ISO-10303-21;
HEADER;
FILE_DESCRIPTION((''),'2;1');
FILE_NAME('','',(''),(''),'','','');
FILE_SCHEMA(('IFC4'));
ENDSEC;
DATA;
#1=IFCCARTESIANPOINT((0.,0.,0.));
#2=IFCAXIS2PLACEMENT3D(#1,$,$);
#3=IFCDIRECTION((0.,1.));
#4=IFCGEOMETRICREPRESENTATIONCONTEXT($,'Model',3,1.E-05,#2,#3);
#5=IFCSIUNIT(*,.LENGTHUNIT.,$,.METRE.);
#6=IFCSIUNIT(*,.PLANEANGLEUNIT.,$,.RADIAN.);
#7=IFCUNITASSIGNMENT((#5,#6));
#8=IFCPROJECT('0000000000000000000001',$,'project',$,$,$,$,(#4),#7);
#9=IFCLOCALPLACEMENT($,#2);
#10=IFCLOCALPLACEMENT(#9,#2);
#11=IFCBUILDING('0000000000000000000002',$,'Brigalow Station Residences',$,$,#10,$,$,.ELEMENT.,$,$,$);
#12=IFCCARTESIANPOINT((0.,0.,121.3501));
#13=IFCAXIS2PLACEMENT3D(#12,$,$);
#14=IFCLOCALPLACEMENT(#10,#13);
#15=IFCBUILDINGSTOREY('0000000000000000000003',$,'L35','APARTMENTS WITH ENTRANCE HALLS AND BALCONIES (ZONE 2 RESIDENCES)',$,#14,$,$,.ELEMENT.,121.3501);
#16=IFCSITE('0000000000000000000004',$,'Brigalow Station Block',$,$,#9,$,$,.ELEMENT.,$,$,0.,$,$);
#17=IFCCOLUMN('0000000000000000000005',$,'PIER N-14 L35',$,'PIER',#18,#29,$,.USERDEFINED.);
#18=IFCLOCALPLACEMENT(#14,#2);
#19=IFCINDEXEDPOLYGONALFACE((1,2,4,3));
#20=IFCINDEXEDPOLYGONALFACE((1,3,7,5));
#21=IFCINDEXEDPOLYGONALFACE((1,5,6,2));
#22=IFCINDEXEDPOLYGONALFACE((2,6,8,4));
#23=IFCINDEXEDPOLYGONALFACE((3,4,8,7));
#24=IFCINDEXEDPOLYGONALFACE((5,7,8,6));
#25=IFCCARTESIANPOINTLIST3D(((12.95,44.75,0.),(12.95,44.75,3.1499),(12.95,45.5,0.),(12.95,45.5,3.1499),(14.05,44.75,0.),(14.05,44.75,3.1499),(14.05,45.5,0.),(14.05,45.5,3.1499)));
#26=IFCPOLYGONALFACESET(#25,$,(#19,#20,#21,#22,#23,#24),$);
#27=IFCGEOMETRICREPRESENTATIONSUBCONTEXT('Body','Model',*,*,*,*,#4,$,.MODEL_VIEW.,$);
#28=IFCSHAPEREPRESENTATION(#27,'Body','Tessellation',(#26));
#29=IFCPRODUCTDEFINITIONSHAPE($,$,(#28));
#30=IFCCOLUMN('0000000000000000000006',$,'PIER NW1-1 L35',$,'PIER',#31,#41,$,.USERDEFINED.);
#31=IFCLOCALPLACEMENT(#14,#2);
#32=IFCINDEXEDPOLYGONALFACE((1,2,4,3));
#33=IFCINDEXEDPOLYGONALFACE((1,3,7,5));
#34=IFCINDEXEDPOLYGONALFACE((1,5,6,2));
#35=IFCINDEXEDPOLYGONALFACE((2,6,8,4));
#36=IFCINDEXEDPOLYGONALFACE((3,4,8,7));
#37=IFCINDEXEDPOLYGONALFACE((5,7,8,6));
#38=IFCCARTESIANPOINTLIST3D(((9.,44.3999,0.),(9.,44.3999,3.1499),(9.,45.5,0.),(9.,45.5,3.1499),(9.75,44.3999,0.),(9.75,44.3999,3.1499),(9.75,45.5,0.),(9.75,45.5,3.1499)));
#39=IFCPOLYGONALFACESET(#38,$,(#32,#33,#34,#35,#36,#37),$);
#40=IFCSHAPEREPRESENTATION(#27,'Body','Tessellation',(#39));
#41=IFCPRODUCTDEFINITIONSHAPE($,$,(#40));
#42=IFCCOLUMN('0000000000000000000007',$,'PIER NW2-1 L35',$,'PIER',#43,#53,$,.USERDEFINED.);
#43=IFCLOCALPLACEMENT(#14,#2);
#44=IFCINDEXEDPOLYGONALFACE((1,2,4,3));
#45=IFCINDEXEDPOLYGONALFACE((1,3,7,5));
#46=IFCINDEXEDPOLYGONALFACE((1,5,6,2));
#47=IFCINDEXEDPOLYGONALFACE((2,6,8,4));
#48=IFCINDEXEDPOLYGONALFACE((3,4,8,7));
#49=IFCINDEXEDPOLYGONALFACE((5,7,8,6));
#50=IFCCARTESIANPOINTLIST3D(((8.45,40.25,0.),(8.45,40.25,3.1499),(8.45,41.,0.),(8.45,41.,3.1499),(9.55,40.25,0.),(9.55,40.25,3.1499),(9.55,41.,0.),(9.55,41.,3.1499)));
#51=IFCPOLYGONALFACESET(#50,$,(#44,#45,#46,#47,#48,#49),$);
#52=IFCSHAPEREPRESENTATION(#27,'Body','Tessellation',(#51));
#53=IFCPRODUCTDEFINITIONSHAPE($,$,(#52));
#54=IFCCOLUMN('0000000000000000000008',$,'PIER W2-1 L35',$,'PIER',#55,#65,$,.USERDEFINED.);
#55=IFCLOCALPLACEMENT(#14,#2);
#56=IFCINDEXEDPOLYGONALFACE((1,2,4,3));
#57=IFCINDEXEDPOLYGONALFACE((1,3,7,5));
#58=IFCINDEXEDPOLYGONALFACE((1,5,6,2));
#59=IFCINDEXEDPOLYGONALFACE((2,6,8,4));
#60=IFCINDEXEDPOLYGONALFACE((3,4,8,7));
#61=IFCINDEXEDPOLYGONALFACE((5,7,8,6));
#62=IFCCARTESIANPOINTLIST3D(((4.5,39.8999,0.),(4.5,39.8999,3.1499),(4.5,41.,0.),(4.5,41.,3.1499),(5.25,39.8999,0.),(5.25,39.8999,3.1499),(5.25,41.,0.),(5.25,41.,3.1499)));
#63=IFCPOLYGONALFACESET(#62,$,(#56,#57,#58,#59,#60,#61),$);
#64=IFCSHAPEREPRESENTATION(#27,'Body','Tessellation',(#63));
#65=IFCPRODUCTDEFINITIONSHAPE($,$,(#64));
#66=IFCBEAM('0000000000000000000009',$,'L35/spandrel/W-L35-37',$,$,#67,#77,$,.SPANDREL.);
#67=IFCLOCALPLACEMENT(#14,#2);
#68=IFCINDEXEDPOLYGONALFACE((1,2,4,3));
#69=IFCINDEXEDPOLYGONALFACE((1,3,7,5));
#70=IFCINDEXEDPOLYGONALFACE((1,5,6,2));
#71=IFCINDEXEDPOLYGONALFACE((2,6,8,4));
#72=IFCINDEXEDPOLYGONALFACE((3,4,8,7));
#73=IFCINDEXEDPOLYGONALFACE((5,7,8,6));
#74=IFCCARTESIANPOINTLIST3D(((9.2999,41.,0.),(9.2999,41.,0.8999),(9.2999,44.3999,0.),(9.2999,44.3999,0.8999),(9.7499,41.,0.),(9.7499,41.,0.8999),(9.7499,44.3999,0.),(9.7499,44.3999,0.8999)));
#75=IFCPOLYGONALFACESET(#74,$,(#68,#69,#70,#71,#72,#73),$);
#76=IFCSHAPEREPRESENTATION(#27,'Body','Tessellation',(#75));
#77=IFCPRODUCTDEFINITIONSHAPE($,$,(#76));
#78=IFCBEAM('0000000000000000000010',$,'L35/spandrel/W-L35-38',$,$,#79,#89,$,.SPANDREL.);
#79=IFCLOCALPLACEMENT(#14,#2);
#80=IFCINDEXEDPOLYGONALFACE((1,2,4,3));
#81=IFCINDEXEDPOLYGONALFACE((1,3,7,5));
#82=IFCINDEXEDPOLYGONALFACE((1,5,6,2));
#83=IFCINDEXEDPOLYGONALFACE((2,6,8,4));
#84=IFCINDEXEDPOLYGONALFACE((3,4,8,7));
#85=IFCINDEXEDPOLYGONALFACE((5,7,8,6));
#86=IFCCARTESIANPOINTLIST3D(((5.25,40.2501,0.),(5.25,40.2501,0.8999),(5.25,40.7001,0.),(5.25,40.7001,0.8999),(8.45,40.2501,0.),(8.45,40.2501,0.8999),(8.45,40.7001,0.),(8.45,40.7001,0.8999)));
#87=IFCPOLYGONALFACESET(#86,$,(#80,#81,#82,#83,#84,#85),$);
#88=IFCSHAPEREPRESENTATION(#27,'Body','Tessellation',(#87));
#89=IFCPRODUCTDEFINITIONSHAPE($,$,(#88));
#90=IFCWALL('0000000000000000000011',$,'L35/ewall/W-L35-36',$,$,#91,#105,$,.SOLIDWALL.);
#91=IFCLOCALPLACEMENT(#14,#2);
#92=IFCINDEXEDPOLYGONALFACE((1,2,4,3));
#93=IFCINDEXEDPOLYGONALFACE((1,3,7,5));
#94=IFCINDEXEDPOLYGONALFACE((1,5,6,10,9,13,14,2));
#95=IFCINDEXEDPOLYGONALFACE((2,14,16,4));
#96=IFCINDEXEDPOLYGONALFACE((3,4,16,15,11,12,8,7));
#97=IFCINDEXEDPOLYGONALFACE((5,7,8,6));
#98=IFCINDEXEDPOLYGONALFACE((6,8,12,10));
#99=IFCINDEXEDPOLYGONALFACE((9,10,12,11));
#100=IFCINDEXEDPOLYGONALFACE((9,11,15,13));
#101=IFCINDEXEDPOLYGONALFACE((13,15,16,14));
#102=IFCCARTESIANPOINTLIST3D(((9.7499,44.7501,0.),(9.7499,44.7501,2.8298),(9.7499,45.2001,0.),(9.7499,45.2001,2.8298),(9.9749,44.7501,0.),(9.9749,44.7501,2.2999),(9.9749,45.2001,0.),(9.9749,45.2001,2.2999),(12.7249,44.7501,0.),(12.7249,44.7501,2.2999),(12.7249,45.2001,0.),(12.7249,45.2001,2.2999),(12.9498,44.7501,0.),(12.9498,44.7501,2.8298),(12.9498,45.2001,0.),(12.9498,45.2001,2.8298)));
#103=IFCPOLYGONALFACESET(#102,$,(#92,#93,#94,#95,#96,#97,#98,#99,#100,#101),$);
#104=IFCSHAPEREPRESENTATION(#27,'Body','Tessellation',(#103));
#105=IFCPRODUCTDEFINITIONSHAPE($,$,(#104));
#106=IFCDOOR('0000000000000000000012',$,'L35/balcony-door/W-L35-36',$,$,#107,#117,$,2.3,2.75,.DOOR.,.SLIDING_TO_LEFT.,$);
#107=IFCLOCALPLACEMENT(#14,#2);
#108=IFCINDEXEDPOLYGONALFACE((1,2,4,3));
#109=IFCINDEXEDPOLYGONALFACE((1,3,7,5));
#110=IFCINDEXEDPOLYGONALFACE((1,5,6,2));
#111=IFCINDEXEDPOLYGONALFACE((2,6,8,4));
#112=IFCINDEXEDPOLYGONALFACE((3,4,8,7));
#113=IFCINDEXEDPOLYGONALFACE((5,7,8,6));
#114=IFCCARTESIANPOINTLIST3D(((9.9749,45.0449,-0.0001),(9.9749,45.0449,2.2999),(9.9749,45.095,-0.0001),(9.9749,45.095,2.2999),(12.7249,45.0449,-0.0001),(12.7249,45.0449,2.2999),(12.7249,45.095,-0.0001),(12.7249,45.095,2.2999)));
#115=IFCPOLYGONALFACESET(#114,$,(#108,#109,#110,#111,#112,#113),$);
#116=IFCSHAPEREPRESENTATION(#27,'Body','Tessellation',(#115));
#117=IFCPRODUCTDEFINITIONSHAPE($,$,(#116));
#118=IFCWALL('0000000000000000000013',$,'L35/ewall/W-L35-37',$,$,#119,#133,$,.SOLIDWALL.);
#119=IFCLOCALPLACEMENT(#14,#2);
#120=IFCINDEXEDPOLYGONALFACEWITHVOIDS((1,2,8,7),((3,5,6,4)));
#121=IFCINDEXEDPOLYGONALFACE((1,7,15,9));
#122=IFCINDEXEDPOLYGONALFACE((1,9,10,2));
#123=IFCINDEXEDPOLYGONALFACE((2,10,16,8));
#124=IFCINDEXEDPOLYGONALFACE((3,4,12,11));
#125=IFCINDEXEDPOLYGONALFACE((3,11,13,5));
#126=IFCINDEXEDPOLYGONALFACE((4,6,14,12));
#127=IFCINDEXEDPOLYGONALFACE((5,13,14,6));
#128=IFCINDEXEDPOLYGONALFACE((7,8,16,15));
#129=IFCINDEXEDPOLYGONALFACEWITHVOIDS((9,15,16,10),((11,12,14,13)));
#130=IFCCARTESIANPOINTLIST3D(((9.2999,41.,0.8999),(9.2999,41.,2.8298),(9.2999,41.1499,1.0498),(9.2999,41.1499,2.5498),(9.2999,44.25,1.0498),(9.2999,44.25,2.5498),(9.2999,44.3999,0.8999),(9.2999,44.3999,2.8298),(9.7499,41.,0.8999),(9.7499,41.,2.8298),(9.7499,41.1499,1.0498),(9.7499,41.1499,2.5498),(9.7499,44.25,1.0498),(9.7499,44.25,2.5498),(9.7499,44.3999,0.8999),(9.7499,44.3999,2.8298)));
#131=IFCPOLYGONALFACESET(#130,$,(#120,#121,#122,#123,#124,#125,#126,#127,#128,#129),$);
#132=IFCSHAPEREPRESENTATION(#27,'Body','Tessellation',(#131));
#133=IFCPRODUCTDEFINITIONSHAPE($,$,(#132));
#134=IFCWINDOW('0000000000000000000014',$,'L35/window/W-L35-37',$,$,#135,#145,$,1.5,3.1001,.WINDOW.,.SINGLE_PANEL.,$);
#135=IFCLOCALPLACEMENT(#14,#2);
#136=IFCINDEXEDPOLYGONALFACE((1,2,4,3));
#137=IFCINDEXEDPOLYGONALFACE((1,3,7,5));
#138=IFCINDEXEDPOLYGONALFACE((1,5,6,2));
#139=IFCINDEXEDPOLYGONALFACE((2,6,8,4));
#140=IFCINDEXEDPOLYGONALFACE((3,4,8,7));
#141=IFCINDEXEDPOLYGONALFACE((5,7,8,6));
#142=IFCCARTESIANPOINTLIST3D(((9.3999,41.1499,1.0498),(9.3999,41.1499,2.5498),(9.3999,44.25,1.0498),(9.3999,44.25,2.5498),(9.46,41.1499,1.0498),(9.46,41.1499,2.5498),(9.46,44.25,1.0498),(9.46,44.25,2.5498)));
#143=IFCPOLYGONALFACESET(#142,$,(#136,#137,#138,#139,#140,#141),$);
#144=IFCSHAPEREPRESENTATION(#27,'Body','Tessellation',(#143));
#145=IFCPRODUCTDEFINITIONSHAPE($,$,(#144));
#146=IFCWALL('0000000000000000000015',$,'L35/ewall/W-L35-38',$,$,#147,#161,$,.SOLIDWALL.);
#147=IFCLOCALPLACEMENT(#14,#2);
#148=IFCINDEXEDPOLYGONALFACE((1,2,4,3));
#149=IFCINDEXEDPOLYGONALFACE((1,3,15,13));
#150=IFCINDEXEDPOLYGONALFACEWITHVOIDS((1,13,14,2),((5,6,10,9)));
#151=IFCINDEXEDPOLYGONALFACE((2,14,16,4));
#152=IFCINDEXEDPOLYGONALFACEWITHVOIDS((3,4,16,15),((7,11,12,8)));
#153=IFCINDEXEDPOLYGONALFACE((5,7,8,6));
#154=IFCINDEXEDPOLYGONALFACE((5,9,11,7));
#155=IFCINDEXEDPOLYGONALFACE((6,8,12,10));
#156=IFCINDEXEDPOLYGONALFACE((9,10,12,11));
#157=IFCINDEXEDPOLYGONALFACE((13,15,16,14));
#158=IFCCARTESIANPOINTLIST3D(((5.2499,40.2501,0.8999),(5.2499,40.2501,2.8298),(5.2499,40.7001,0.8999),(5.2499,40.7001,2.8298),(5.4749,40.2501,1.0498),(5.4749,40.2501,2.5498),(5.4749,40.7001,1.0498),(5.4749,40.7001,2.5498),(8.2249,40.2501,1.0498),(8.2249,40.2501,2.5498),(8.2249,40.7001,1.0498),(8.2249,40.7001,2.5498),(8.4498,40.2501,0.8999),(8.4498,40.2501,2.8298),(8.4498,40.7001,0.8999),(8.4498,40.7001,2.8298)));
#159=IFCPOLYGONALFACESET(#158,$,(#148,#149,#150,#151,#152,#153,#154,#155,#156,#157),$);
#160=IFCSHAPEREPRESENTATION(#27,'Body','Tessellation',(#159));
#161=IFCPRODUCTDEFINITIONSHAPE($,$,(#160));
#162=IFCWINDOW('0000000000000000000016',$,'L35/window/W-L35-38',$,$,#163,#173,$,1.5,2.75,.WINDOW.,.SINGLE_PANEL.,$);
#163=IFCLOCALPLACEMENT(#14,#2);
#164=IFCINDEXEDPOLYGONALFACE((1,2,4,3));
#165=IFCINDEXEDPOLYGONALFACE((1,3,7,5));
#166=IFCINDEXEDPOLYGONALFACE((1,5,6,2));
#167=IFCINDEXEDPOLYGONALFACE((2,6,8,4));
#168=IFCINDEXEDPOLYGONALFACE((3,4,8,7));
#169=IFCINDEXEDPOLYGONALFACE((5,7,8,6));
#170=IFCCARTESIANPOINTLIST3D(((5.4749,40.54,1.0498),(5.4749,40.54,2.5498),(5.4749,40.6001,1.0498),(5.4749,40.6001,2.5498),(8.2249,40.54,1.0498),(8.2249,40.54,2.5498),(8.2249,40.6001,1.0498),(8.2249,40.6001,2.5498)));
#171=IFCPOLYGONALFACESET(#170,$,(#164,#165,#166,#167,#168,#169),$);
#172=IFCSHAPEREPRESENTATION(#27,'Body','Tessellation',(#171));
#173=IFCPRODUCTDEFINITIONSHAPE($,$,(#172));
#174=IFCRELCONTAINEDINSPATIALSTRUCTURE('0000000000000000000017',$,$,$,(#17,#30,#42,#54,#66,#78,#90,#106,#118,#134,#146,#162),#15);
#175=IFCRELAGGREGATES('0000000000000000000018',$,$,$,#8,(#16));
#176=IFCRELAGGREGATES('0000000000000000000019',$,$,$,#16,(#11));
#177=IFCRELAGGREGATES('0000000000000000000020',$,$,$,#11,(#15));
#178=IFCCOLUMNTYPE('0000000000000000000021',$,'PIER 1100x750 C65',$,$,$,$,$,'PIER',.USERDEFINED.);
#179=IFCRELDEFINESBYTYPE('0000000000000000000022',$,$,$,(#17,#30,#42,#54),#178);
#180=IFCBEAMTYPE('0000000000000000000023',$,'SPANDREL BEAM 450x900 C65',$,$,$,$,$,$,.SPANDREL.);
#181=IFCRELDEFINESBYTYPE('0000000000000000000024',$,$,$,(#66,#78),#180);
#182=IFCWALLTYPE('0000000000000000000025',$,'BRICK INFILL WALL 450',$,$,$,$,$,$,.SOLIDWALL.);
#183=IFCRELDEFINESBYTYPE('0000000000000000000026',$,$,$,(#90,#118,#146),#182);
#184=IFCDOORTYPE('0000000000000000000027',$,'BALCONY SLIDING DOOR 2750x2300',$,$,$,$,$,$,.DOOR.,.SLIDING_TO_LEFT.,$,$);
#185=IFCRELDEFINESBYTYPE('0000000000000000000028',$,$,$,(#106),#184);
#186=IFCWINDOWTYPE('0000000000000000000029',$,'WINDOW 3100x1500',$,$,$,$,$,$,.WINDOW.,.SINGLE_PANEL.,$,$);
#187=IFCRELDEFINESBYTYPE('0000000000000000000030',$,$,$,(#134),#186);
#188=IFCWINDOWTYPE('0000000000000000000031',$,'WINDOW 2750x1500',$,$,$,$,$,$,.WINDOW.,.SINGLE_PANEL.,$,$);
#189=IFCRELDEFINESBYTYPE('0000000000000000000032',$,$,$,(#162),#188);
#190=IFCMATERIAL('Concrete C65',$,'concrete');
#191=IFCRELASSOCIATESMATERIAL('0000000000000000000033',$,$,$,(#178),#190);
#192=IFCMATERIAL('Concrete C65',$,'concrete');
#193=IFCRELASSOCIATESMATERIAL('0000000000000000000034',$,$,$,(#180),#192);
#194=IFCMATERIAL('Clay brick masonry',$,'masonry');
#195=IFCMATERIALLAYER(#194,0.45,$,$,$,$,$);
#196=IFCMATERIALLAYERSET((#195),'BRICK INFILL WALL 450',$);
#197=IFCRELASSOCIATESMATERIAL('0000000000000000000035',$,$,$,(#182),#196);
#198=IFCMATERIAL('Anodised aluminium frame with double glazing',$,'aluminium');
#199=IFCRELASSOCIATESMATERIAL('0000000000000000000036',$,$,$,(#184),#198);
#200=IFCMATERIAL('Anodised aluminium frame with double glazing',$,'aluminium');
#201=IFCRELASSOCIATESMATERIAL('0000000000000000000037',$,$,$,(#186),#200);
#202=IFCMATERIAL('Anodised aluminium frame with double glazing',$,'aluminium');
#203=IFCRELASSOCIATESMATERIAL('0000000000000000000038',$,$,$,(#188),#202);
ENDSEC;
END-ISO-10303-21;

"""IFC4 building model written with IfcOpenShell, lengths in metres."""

from ifc_helpers import new_model, si_unit, direction, frame, frame_2d, origin, origin_2d, place, context, subcontext, project, spatial, rectangle, extrude, material, layer, layer_set, material_profile, profile_set, type_object, element, fill, save


model = new_model("IFC4")

# Units and contexts
model_context = context("Model", 3, precision=1e-05, world=origin(), true_north=direction((0.0, 1.0)))
body_context = subcontext(model_context, "Body", "Model", "MODEL_VIEW")
ifc_project = project(units=[si_unit("LENGTHUNIT", "METRE"), si_unit("PLANEANGLEUNIT", "RADIAN")], contexts=[model_context])

# Site, building, storey
site_placement = place(None, origin())
site = spatial("IfcSite", under=ifc_project, at=site_placement, Name="Brigalow Station Block", CompositionType="ELEMENT", RefElevation=0.0)
building_placement = place(site_placement, origin())
building = spatial("IfcBuilding", under=site, at=building_placement, Name="Brigalow Station Residences", CompositionType="ELEMENT")
storey_placement = place(building_placement, frame((0.0, 0.0, 121.3501)))
storey = spatial("IfcBuildingStorey", under=building, at=storey_placement, Name="L35", Description="APARTMENTS WITH ENTRANCE HALLS AND BALCONIES (ZONE 2 RESIDENCES)", CompositionType="ELEMENT", Elevation=121.3501)

# Columns
ifc_material_1 = material(Name="Concrete C65", Category="concrete")
ifc_material_profile_1 = material_profile(ifc_material_1, rectangle(XDim=1.1001, YDim=0.75, at=origin_2d()), Name="RC1100x750")
ifc_profile_set_1 = profile_set([ifc_material_profile_1], Name="Concrete C65")
column_type = type_object("IfcColumnType", Name="PIER 1100x750 C65", ElementType="PIER", PredefinedType="USERDEFINED", material=ifc_profile_set_1)
for number, where, z_axis, x_axis, name in (
    (1, (13.5, 45.125, 0.0), (0.0, 0.0, 1.0), (-1.0, 0.0, 0.0), "PIER N-14 L35"),
    (2, (9.375, 44.95, 0.0), (0.0, 0.0, 1.0), (0.0, -1.0, 0.0), "PIER NW1-1 L35"),
    (3, (9.0, 40.625, 0.0), (0.0, 0.0, 1.0), (-1.0, 0.0, 0.0), "PIER NW2-1 L35"),
    (4, (4.875, 40.45, 0.0), (0.0, 0.0, 1.0), (0.0, -1.0, 0.0), "PIER W2-1 L35"),
):
    element("IfcColumn", number, at=place(storey_placement, frame(where, z_axis=z_axis, x_axis=x_axis)), inside=storey, type_object=column_type, Name=name, ObjectType="PIER", PredefinedType="USERDEFINED", context=body_context, shape_type="SweptSolid", body=[
        extrude(rectangle(XDim=1.1001, YDim=0.75, at=origin_2d()), origin(), (0.0, 0.0, 1.0), 3.1499),
    ])

# Beams
ifc_material_2 = material(Name="Concrete C65", Category="concrete")
ifc_material_profile_2 = material_profile(ifc_material_2, rectangle(XDim=0.45, YDim=0.8999, at=origin_2d()), Name="RC450x900")
ifc_profile_set_2 = profile_set([ifc_material_profile_2], Name="Concrete C65")
beam_type = type_object("IfcBeamType", Name="SPANDREL BEAM 450x900 C65", PredefinedType="SPANDREL", material=ifc_profile_set_2)
beam_1_placement = place(storey_placement, frame((9.5249, 44.3999, 0.45), z_axis=(0.0, -1.0, 0.0), x_axis=(1.0, 0.0, 0.0)))
element("IfcBeam", 5, at=beam_1_placement, inside=storey, type_object=beam_type, Name="L35/spandrel/W-L35-37", PredefinedType="SPANDREL", context=body_context, shape_type="SweptSolid", body=[
    extrude(rectangle(XDim=0.45, YDim=0.8999, at=origin_2d()), origin(), (0.0, 0.0, 1.0), 3.3999),
])
beam_2_placement = place(storey_placement, frame((8.45, 40.4751, 0.45), z_axis=(-1.0, 0.0, 0.0), x_axis=(0.0, -1.0, 0.0)))
element("IfcBeam", 6, at=beam_2_placement, inside=storey, type_object=beam_type, Name="L35/spandrel/W-L35-38", PredefinedType="SPANDREL", context=body_context, shape_type="SweptSolid", body=[
    extrude(rectangle(XDim=0.45, YDim=0.8999, at=origin_2d()), origin(), (0.0, 0.0, 1.0), 3.2),
])

# Wall, opening, door
ifc_material_3 = material(Name="Clay brick masonry", Category="masonry")
ifc_layer_1 = layer(ifc_material_3, 0.45)
ifc_layer_set_1 = layer_set([ifc_layer_1], Name="BRICK INFILL WALL 450")
wall_type_1 = type_object("IfcWallType", Name="BRICK INFILL WALL 450", PredefinedType="SOLIDWALL", material=ifc_layer_set_1)
wall_1_placement = place(storey_placement, frame((12.95, 44.9751, 0.0), z_axis=(0.0, 0.0, 1.0), x_axis=(-1.0, 0.0, 0.0)))
wall_1 = element("IfcWall", 7, at=wall_1_placement, inside=storey, type_object=wall_type_1, Name="L35/ewall/W-L35-36", PredefinedType="SOLIDWALL", context=body_context, shape_type="SweptSolid", body=[
    extrude(rectangle(XDim=3.2, YDim=0.45, at=frame_2d((1.6001, 0.0))), origin(), (0.0, 0.0, 1.0), 2.8298),
])
opening_1_placement = place(wall_1_placement, frame((0.2251, 0.0, 0.0)))
opening_1 = element("IfcOpeningElement", 8, at=opening_1_placement, cuts=wall_1, PredefinedType="OPENING", context=body_context, shape_type="SweptSolid", body=[
    extrude(rectangle(XDim=2.75, YDim=2.3, at=frame_2d((1.375, 1.1499))), frame((0.0, 0.2349, 0.0), z_axis=(0.0, -1.0, 0.0), x_axis=(1.0, 0.0, 0.0)), (0.0, 0.0, 1.0), 0.47),
])
ifc_material_4 = material(Name="Anodised aluminium frame with double glazing", Category="aluminium")
door_type = type_object("IfcDoorType", Name="BALCONY SLIDING DOOR 2750x2300", OperationType="SLIDING_TO_LEFT", PredefinedType="DOOR", material=ifc_material_4)
door_placement = place(opening_1_placement, origin())
door = element("IfcDoor", 9, at=door_placement, inside=storey, type_object=door_type, Name="L35/balcony-door/W-L35-36", OperationType="SLIDING_TO_LEFT", OverallHeight=2.3, OverallWidth=2.75, PredefinedType="DOOR", context=body_context, shape_type="SweptSolid", body=[
    extrude(rectangle(XDim=2.75, YDim=2.3, at=frame_2d((1.375, 1.1499))), frame((0.0, -0.0698, 0.0), z_axis=(0.0, -1.0, 0.0), x_axis=(1.0, 0.0, 0.0)), (0.0, 0.0, 1.0), 0.05),
])
fill(opening_1, door)

# Walls, openings, windows
wall_2_placement = place(storey_placement, frame((9.5249, 44.3999, 0.8999), z_axis=(0.0, 0.0, 1.0), x_axis=(0.0, -1.0, 0.0)))
wall_2 = element("IfcWall", 10, at=wall_2_placement, inside=storey, type_object=wall_type_1, Name="L35/ewall/W-L35-37", PredefinedType="SOLIDWALL", context=body_context, shape_type="SweptSolid", body=[
    extrude(rectangle(XDim=3.3999, YDim=0.45, at=frame_2d((1.7, 0.0))), origin(), (0.0, 0.0, 1.0), 1.9299),
])
opening_2_placement = place(wall_2_placement, frame((0.1499, 0.0, 0.1499)))
opening_2 = element("IfcOpeningElement", 11, at=opening_2_placement, cuts=wall_2, PredefinedType="OPENING", context=body_context, shape_type="SweptSolid", body=[
    extrude(rectangle(XDim=3.1001, YDim=1.5, at=frame_2d((1.55, 0.75))), frame((0.0, 0.2349, 0.0), z_axis=(0.0, -1.0, 0.0), x_axis=(1.0, 0.0, 0.0)), (0.0, 0.0, 1.0), 0.47),
])
ifc_material_5 = material(Name="Anodised aluminium frame with double glazing", Category="aluminium")
window_type_1 = type_object("IfcWindowType", Name="WINDOW 3100x1500", PartitioningType="SINGLE_PANEL", PredefinedType="WINDOW", material=ifc_material_5)
window_1_placement = place(opening_2_placement, origin())
window_1 = element("IfcWindow", 12, at=window_1_placement, inside=storey, type_object=window_type_1, Name="L35/window/W-L35-37", OverallHeight=1.5, OverallWidth=3.1001, PartitioningType="SINGLE_PANEL", PredefinedType="WINDOW", context=body_context, shape_type="SweptSolid", body=[
    extrude(rectangle(XDim=3.1001, YDim=1.5, at=frame_2d((1.55, 0.75))), frame((0.0, -0.0649, 0.0), z_axis=(0.0, -1.0, 0.0), x_axis=(1.0, 0.0, 0.0)), (0.0, 0.0, 1.0), 0.0601),
])
fill(opening_2, window_1)
wall_3_placement = place(storey_placement, frame((8.45, 40.4751, 0.8999), z_axis=(0.0, 0.0, 1.0), x_axis=(-1.0, 0.0, 0.0)))
wall_3 = element("IfcWall", 13, at=wall_3_placement, inside=storey, type_object=wall_type_1, Name="L35/ewall/W-L35-38", PredefinedType="SOLIDWALL", context=body_context, shape_type="SweptSolid", body=[
    extrude(rectangle(XDim=3.2, YDim=0.45, at=frame_2d((1.6001, 0.0))), origin(), (0.0, 0.0, 1.0), 1.9299),
])
opening_3_placement = place(wall_3_placement, frame((0.2251, 0.0, 0.1499)))
opening_3 = element("IfcOpeningElement", 14, at=opening_3_placement, cuts=wall_3, PredefinedType="OPENING", context=body_context, shape_type="SweptSolid", body=[
    extrude(rectangle(XDim=2.75, YDim=1.5, at=frame_2d((1.375, 0.75))), frame((0.0, 0.2349, 0.0), z_axis=(0.0, -1.0, 0.0), x_axis=(1.0, 0.0, 0.0)), (0.0, 0.0, 1.0), 0.47),
])
ifc_material_6 = material(Name="Anodised aluminium frame with double glazing", Category="aluminium")
window_type_2 = type_object("IfcWindowType", Name="WINDOW 2750x1500", PartitioningType="SINGLE_PANEL", PredefinedType="WINDOW", material=ifc_material_6)
window_2_placement = place(opening_3_placement, origin())
window_2 = element("IfcWindow", 15, at=window_2_placement, inside=storey, type_object=window_type_2, Name="L35/window/W-L35-38", OverallHeight=1.5, OverallWidth=2.75, PartitioningType="SINGLE_PANEL", PredefinedType="WINDOW", context=body_context, shape_type="SweptSolid", body=[
    extrude(rectangle(XDim=2.75, YDim=1.5, at=frame_2d((1.375, 0.75))), frame((0.0, -0.0649, 0.0), z_axis=(0.0, -1.0, 0.0), x_axis=(1.0, 0.0, 0.0)), (0.0, 0.0, 1.0), 0.0601),
])
fill(opening_3, window_2)

save(model, "model.ifc")
